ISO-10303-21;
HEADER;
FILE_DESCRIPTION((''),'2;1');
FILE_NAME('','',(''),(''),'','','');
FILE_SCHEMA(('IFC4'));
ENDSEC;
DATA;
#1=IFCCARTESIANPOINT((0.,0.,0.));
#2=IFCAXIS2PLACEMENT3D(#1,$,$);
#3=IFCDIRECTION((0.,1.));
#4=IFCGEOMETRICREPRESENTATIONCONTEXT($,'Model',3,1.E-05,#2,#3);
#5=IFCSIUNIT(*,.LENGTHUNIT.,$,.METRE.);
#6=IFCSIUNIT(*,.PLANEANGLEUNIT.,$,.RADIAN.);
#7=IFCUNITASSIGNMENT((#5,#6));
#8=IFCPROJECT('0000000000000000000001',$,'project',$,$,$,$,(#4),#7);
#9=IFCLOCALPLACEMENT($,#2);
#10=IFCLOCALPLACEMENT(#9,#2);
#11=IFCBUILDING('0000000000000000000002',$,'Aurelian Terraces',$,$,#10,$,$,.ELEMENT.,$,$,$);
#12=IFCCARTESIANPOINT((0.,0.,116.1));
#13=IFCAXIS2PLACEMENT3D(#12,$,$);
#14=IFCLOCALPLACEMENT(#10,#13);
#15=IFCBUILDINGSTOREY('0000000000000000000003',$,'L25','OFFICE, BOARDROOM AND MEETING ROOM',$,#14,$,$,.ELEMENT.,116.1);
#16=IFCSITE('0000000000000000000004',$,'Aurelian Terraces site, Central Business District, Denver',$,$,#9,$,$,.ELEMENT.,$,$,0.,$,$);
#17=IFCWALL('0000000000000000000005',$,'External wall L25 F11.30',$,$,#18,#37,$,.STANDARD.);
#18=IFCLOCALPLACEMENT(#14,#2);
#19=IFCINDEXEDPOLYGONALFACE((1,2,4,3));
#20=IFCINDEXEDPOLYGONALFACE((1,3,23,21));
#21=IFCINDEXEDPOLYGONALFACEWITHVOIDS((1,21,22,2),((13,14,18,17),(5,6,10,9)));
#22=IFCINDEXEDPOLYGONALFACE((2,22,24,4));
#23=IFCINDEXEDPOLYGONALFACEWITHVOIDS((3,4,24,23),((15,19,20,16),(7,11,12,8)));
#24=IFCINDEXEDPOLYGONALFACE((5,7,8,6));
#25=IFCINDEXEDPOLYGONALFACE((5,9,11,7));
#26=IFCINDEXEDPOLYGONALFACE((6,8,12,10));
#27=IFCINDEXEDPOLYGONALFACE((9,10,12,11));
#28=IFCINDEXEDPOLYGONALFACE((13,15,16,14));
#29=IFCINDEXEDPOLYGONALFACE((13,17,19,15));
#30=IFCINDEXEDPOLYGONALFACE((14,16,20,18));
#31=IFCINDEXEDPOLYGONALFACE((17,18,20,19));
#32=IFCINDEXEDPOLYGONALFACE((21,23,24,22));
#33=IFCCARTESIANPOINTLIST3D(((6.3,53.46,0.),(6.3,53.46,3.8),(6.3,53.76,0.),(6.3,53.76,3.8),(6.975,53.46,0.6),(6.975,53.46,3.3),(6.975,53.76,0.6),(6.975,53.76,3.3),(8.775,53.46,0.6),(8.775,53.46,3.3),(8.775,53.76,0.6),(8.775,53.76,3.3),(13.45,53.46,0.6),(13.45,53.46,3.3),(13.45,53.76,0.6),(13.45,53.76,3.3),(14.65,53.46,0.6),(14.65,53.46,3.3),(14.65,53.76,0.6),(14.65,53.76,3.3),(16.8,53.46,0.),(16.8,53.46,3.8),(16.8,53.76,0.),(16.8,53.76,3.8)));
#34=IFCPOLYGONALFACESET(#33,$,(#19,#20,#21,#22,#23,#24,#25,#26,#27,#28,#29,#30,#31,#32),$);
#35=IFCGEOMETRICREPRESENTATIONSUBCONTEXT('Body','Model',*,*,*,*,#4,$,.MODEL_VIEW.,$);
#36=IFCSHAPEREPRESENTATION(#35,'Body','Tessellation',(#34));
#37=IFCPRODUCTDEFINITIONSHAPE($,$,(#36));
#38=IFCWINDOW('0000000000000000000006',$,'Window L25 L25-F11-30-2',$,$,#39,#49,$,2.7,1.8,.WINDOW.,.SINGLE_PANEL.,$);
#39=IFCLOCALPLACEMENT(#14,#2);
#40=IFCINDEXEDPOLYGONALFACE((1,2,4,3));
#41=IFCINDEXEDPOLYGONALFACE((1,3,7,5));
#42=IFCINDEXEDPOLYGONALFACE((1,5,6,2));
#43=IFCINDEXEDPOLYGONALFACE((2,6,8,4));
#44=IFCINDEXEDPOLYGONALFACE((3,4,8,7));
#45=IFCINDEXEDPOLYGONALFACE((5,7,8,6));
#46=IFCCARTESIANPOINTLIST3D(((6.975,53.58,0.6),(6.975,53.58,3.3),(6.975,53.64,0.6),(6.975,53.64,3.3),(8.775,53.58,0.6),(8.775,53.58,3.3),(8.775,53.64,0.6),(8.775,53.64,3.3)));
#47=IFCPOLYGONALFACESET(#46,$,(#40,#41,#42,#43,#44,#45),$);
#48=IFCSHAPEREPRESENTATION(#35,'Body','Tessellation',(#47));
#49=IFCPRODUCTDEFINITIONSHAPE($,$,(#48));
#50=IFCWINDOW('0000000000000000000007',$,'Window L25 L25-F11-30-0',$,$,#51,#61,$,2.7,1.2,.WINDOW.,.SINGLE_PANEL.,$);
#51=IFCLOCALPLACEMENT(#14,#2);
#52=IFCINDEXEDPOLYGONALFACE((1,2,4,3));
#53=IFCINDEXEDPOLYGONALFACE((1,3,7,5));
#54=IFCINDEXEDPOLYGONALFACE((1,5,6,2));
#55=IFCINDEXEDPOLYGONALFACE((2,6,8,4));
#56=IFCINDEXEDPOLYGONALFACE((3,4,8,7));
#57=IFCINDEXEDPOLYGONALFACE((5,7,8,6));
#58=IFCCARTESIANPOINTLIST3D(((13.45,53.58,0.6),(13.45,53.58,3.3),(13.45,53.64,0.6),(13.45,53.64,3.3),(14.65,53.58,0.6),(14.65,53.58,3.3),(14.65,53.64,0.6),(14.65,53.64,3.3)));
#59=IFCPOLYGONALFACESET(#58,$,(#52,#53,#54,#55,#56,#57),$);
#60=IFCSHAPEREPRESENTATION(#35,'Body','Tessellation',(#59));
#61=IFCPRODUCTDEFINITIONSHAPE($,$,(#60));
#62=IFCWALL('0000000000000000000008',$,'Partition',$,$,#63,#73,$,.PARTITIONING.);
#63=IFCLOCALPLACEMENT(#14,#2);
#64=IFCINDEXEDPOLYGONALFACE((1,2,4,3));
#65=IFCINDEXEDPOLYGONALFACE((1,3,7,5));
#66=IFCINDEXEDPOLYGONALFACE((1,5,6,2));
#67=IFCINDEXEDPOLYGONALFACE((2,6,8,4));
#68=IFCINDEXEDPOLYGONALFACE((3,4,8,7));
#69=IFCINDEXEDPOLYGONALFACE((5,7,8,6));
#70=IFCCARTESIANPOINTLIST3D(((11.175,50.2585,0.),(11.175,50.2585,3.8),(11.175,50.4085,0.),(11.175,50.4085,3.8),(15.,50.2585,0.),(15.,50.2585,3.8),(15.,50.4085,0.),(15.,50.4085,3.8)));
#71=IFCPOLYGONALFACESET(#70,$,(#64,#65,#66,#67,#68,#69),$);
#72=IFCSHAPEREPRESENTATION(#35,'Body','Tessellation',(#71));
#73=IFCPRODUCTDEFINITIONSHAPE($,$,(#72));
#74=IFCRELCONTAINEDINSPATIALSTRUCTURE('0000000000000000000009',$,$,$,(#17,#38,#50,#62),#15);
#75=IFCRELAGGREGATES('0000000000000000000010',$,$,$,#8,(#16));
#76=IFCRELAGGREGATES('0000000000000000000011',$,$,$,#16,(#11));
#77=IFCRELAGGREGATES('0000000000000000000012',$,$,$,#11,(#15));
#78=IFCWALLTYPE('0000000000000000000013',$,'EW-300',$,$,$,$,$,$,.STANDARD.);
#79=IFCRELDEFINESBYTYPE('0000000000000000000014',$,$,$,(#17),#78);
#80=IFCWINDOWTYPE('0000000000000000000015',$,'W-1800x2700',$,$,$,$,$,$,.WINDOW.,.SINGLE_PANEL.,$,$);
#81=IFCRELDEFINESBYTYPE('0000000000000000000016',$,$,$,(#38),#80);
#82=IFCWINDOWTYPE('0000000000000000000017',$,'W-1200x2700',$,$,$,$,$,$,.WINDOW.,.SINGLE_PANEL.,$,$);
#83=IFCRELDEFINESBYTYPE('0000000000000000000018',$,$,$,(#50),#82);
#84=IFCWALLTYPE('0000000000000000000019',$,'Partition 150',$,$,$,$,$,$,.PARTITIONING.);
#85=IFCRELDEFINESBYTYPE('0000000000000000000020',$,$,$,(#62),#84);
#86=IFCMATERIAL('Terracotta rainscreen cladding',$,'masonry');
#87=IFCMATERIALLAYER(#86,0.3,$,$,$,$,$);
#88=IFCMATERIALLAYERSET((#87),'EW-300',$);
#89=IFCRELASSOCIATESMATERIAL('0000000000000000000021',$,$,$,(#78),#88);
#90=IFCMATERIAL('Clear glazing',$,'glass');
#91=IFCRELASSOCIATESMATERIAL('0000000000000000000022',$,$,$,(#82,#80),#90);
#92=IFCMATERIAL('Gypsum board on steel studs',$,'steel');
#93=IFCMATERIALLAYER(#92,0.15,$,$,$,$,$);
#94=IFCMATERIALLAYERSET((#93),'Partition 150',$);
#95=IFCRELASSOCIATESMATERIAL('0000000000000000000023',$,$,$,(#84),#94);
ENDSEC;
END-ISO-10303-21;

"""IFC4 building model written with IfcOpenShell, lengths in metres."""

from ifc_helpers import new_model, si_unit, direction, frame, frame_2d, origin, place, context, subcontext, project, spatial, rectangle, extrude, source, transform, mapped, material, layer, layer_set, type_object, element, fill, save


model = new_model("IFC4")

# Units and contexts
model_context = context("Model", 3, precision=1e-05, world=origin(), true_north=direction((0.0, 1.0)))
body_context = subcontext(model_context, "Body", "Model", "MODEL_VIEW")
ifc_project = project(units=[si_unit("LENGTHUNIT", "METRE"), si_unit("PLANEANGLEUNIT", "RADIAN")], contexts=[model_context])

# Site, building, storey
site_placement = place(None, origin())
site = spatial("IfcSite", under=ifc_project, at=site_placement, Name="Aurelian Terraces site, Central Business District, Denver", CompositionType="ELEMENT", RefElevation=0.0)
building_placement = place(site_placement, origin())
building = spatial("IfcBuilding", under=site, at=building_placement, Name="Aurelian Terraces", CompositionType="ELEMENT")
storey_placement = place(building_placement, frame((0.0, 0.0, 116.1)))
storey = spatial("IfcBuildingStorey", under=building, at=storey_placement, Name="L25", Description="OFFICE, BOARDROOM AND MEETING ROOM", CompositionType="ELEMENT", Elevation=116.1)

# Shared definitions
ifc_material_1 = material(Name="Terracotta rainscreen cladding", Category="masonry")
ifc_layer_1 = layer(ifc_material_1, 0.3)
ifc_layer_set_1 = layer_set([ifc_layer_1], Name="EW-300")
wall_type_1 = type_object("IfcWallType", Name="EW-300", PredefinedType="STANDARD", material=ifc_layer_set_1)
ifc_material_2 = material(Name="Clear glazing", Category="glass")

# Shared definitions
shared_shape_1 = source(origin(), body_context, "Body", "SweptSolid", [
    extrude(rectangle(XDim=1.2, YDim=2.7, at=frame_2d((0.6, 1.35))), frame((0.0, 0.16, 0.0), z_axis=(0.0, -1.0, 0.0), x_axis=(1.0, 0.0, 0.0)), (0.0, 0.0, 1.0), 0.32),
])
window_type_1 = type_object("IfcWindowType", Name="W-1200x2700", PartitioningType="SINGLE_PANEL", PredefinedType="WINDOW", material=ifc_material_2)
shared_shape_2 = source(origin(), body_context, "Body", "SweptSolid", [
    extrude(rectangle(XDim=1.2, YDim=2.7, at=frame_2d((0.6, 1.35))), frame((0.0, 0.03, 0.0), z_axis=(0.0, -1.0, 0.0), x_axis=(1.0, 0.0, 0.0)), (0.0, 0.0, 1.0), 0.06),
])

# Wall, openings, windows
shared_shape_3 = source(origin(), body_context, "Body", "SweptSolid", [
    extrude(rectangle(XDim=10.5, YDim=0.3, at=frame_2d((5.25, 0.0))), origin(), (0.0, 0.0, 1.0), 3.8),
])
wall_1_placement = place(storey_placement, frame((16.8, 53.61, 0.0), z_axis=(0.0, 0.0, 1.0), x_axis=(-1.0, 0.0, 0.0)))
wall_1 = element("IfcWall", 1, at=wall_1_placement, inside=storey, type_object=wall_type_1, Name="External wall L25 F11.30", PredefinedType="STANDARD", context=body_context, shape_type="MappedRepresentation", body=[
    mapped(shared_shape_3, transform((0.0, 0.0, 0.0), scale=1.0)),
])
opening_1_placement = place(wall_1_placement, frame((2.15, 0.0, 0.6)))
opening_1 = element("IfcOpeningElement", 2, at=opening_1_placement, cuts=wall_1, PredefinedType="OPENING", context=body_context, shape_type="MappedRepresentation", body=[
    mapped(shared_shape_1, transform((0.0, 0.0, 0.0), scale=1.0)),
])
shared_shape_4 = source(origin(), body_context, "Body", "SweptSolid", [
    extrude(rectangle(XDim=1.8, YDim=2.7, at=frame_2d((0.9, 1.35))), frame((0.0, 0.16, 0.0), z_axis=(0.0, -1.0, 0.0), x_axis=(1.0, 0.0, 0.0)), (0.0, 0.0, 1.0), 0.32),
])
opening_2_placement = place(wall_1_placement, frame((8.025, 0.0, 0.6)))
opening_2 = element("IfcOpeningElement", 3, at=opening_2_placement, cuts=wall_1, PredefinedType="OPENING", context=body_context, shape_type="MappedRepresentation", body=[
    mapped(shared_shape_4, transform((0.0, 0.0, 0.0), scale=1.0)),
])
window_type_2 = type_object("IfcWindowType", Name="W-1800x2700", PartitioningType="SINGLE_PANEL", PredefinedType="WINDOW", material=ifc_material_2)
shared_shape_5 = source(origin(), body_context, "Body", "SweptSolid", [
    extrude(rectangle(XDim=1.8, YDim=2.7, at=frame_2d((0.9, 1.35))), frame((0.0, 0.03, 0.0), z_axis=(0.0, -1.0, 0.0), x_axis=(1.0, 0.0, 0.0)), (0.0, 0.0, 1.0), 0.06),
])
window_1_placement = place(opening_2_placement, origin())
window_1 = element("IfcWindow", 4, at=window_1_placement, inside=storey, type_object=window_type_2, Name="Window L25 L25-F11-30-2", OverallHeight=2.7, OverallWidth=1.8, PartitioningType="SINGLE_PANEL", PredefinedType="WINDOW", context=body_context, shape_type="MappedRepresentation", body=[
    mapped(shared_shape_5, transform((0.0, 0.0, 0.0), scale=1.0)),
])
fill(opening_2, window_1)
window_2_placement = place(opening_1_placement, origin())
window_2 = element("IfcWindow", 5, at=window_2_placement, inside=storey, type_object=window_type_1, Name="Window L25 L25-F11-30-0", OverallHeight=2.7, OverallWidth=1.2, PartitioningType="SINGLE_PANEL", PredefinedType="WINDOW", context=body_context, shape_type="MappedRepresentation", body=[
    mapped(shared_shape_2, transform((0.0, 0.0, 0.0), scale=1.0)),
])
fill(opening_1, window_2)

# Wall
ifc_material_3 = material(Name="Gypsum board on steel studs", Category="steel")
ifc_layer_2 = layer(ifc_material_3, 0.15)
ifc_layer_set_2 = layer_set([ifc_layer_2], Name="Partition 150")
wall_type_2 = type_object("IfcWallType", Name="Partition 150", PredefinedType="PARTITIONING", material=ifc_layer_set_2)
shared_shape_6 = source(origin(), body_context, "Body", "SweptSolid", [
    extrude(rectangle(XDim=3.825, YDim=0.15, at=frame_2d((1.9125, 0.0))), origin(), (0.0, 0.0, 1.0), 3.8),
])
wall_2_placement = place(storey_placement, frame((15.0, 50.3335, 0.0), z_axis=(0.0, 0.0, 1.0), x_axis=(-1.0, 0.0, 0.0)))
element("IfcWall", 6, at=wall_2_placement, inside=storey, type_object=wall_type_2, Name="Partition", PredefinedType="PARTITIONING", context=body_context, shape_type="MappedRepresentation", body=[
    mapped(shared_shape_6, transform((0.0, 0.0, 0.0), scale=1.0)),
])

save(model, "model.ifc")
